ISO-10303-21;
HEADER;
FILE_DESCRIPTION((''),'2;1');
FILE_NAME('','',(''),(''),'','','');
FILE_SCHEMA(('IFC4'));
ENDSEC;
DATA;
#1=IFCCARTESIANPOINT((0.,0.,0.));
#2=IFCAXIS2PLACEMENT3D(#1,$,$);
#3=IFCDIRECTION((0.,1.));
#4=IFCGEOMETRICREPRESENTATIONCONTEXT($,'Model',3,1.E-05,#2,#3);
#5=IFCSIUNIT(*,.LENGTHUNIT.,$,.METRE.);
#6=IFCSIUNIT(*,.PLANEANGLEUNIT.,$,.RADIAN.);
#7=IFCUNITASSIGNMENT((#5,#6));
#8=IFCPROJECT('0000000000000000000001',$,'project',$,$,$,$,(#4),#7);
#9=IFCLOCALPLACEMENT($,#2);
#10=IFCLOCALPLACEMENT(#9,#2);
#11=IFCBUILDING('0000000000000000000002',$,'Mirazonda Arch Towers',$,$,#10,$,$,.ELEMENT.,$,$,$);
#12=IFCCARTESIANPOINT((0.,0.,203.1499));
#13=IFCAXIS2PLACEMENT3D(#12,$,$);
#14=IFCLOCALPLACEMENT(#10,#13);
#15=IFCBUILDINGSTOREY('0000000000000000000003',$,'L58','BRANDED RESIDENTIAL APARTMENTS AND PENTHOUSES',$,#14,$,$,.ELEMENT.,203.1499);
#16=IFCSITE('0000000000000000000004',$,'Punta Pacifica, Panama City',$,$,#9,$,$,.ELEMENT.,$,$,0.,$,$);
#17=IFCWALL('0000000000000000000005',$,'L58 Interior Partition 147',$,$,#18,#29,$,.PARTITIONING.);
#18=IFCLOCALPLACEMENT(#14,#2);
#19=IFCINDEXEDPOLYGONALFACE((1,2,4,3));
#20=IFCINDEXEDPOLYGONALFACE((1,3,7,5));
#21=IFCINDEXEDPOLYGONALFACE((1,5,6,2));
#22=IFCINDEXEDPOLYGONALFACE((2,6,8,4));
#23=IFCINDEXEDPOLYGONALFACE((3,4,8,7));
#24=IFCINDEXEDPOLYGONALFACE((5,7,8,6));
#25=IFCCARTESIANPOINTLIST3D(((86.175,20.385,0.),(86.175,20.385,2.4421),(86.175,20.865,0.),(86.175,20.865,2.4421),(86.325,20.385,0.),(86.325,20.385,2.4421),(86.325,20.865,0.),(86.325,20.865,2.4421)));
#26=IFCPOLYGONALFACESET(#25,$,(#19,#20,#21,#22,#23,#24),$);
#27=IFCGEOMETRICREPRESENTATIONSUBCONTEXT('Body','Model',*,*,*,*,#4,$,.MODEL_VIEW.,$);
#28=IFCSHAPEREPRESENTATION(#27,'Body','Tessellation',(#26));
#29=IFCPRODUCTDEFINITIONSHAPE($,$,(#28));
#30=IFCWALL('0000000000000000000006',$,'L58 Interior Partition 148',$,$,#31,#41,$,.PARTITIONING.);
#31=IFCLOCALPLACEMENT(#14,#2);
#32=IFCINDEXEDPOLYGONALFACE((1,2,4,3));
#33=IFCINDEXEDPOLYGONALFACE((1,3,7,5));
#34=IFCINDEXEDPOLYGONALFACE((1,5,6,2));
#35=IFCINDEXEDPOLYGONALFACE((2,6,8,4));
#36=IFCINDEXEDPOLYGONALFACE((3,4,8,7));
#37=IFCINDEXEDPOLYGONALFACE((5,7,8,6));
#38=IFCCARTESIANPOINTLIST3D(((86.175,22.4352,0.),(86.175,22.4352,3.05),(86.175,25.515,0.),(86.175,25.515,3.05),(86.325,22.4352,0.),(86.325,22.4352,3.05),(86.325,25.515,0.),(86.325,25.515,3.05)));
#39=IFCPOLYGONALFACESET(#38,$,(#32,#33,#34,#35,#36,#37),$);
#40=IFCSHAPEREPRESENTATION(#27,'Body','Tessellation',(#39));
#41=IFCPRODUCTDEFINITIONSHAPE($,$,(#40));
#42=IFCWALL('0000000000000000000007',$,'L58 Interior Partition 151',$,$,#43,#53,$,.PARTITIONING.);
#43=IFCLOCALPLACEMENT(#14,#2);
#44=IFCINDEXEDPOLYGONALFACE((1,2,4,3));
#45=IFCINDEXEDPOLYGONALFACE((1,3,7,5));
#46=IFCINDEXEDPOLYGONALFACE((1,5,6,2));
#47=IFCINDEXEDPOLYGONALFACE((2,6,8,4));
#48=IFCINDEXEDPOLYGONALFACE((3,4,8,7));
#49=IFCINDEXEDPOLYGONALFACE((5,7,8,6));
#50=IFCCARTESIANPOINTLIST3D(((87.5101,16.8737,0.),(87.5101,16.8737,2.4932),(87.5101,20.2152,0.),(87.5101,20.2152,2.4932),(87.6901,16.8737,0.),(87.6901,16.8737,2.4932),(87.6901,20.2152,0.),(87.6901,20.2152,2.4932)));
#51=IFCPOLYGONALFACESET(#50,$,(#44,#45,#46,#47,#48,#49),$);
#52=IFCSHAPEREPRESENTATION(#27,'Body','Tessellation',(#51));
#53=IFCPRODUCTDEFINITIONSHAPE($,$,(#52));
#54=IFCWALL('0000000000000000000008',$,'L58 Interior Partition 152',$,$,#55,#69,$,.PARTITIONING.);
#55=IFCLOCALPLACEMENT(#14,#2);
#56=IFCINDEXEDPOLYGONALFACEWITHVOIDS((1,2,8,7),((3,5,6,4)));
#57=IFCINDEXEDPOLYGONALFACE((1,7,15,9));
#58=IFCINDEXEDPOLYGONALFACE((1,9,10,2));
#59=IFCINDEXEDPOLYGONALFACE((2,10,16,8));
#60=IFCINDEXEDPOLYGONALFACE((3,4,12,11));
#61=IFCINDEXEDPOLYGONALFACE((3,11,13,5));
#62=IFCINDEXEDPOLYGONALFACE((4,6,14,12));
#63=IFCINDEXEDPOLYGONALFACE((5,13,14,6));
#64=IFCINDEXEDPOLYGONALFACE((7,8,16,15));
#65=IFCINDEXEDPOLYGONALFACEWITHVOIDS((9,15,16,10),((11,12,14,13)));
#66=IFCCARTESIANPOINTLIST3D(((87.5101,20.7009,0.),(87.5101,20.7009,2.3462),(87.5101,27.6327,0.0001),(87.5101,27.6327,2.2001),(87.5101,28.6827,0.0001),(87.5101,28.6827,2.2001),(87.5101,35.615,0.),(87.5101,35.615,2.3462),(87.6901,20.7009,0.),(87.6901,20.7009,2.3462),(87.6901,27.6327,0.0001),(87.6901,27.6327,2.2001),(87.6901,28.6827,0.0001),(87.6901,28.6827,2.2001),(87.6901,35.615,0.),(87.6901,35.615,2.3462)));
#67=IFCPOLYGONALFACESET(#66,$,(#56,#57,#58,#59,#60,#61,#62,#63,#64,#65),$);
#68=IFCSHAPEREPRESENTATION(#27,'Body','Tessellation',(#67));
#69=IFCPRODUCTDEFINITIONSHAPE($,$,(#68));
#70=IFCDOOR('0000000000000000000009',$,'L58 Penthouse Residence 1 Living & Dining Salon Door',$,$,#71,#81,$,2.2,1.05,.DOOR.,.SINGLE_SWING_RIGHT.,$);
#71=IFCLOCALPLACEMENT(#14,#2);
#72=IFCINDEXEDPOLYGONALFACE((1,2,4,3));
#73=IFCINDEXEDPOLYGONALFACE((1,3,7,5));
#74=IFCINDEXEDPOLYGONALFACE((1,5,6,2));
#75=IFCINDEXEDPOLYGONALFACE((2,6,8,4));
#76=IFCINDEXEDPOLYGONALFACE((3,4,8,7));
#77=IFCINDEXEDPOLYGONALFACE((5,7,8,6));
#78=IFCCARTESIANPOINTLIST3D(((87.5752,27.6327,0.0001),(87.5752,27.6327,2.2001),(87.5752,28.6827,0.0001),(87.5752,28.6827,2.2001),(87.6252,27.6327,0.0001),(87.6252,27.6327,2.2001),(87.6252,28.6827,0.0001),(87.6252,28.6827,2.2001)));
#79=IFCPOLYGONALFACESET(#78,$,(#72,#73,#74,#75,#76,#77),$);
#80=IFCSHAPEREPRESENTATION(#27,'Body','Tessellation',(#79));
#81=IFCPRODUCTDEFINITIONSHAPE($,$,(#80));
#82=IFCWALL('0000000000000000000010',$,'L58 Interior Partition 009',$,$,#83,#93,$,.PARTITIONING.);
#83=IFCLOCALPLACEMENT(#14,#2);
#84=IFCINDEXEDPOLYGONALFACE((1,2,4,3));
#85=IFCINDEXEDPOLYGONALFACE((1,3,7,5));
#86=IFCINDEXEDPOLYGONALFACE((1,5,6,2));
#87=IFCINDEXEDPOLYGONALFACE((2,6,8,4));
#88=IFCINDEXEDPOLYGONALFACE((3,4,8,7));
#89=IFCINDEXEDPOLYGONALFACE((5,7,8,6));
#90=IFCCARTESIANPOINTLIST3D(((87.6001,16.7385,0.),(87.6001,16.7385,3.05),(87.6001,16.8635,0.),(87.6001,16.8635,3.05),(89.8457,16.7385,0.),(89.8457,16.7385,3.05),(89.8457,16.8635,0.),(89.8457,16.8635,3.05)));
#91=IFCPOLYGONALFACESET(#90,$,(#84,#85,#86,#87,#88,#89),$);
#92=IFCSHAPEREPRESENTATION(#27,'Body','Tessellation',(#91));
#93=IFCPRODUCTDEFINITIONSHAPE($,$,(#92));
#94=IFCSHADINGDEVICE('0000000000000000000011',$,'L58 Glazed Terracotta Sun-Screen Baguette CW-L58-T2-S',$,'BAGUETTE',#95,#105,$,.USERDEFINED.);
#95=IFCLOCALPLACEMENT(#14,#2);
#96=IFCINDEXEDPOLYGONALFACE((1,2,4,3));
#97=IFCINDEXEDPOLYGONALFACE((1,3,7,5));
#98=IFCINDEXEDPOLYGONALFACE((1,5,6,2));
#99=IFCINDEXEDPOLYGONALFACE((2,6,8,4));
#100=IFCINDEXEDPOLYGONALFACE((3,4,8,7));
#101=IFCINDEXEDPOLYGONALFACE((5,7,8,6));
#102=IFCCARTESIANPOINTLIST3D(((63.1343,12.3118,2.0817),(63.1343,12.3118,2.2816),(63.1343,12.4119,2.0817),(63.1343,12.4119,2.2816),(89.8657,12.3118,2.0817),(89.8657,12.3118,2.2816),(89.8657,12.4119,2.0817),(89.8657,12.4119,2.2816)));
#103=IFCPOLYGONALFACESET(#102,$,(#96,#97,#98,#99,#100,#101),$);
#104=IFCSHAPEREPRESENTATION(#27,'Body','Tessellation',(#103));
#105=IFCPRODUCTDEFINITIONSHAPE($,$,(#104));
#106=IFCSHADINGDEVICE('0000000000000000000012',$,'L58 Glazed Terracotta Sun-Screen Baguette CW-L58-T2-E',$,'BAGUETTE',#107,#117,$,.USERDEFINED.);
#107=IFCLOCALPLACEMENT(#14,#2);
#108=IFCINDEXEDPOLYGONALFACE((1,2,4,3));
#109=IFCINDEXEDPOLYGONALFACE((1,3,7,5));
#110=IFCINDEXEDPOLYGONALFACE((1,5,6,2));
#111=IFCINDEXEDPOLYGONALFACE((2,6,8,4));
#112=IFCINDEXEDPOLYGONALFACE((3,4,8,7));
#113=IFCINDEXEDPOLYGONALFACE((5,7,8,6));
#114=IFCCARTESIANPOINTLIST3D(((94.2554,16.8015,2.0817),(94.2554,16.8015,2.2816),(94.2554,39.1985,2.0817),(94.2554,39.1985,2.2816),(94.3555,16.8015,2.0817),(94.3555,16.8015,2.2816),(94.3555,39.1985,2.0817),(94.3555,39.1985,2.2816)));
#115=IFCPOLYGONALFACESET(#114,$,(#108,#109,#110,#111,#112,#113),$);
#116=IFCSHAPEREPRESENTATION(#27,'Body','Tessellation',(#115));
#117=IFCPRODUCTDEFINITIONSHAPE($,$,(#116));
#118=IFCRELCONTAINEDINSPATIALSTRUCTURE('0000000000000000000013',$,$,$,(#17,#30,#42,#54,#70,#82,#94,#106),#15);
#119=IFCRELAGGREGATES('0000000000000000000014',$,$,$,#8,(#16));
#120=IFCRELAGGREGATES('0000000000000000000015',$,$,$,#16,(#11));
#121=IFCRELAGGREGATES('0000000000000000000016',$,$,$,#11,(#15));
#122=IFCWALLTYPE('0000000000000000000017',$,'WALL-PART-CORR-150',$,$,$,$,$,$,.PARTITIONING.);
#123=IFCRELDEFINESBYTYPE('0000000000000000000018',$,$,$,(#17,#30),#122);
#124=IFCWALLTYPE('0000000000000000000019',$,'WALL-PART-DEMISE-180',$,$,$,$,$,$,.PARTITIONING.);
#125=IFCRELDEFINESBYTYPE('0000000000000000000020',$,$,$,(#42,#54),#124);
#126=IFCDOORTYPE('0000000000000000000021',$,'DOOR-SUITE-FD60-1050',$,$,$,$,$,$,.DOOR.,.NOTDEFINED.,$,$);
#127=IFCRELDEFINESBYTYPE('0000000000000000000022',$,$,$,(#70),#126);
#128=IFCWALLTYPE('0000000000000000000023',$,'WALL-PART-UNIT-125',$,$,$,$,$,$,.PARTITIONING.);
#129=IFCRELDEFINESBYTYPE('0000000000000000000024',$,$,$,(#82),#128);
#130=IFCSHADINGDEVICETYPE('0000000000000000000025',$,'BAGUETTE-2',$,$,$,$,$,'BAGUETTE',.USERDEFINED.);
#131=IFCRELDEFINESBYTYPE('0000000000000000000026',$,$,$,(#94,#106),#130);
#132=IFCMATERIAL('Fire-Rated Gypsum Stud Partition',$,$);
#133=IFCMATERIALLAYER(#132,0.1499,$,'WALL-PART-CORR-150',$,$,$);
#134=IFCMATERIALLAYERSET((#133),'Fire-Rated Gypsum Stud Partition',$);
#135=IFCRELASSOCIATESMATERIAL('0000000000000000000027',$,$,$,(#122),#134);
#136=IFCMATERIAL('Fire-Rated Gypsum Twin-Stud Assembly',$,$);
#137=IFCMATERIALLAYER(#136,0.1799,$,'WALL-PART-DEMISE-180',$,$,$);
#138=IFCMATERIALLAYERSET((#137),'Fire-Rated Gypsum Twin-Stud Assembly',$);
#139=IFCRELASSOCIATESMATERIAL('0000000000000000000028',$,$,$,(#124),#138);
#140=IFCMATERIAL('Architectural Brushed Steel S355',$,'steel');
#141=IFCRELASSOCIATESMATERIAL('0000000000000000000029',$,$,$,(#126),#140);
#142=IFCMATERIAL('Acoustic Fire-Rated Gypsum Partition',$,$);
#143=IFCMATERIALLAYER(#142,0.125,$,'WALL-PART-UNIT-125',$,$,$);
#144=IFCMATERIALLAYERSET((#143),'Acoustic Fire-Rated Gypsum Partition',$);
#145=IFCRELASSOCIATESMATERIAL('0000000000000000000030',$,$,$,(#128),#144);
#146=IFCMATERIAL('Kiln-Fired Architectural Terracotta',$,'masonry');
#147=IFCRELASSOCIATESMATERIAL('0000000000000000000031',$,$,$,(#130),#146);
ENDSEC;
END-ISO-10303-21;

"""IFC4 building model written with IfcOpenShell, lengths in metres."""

from ifc_helpers import new_model, si_unit, direction, frame, frame_2d, origin, origin_2d, place, context, subcontext, project, spatial, rectangle, extrude, material, layer, layer_set, material_profile, profile_set, type_object, element, fill, save


model = new_model("IFC4")

# Units and contexts
model_context = context("Model", 3, precision=1e-05, world=origin(), true_north=direction((0.0, 1.0)))
body_context = subcontext(model_context, "Body", "Model", "MODEL_VIEW")
ifc_project = project(units=[si_unit("LENGTHUNIT", "METRE"), si_unit("PLANEANGLEUNIT", "RADIAN")], contexts=[model_context])

# Site, building, storey
site_placement = place(None, origin())
site = spatial("IfcSite", under=ifc_project, at=site_placement, Name="Punta Pacifica, Panama City", CompositionType="ELEMENT", RefElevation=0.0)
building_placement = place(site_placement, origin())
building = spatial("IfcBuilding", under=site, at=building_placement, Name="Mirazonda Arch Towers", CompositionType="ELEMENT")
storey_placement = place(building_placement, frame((0.0, 0.0, 203.1499)))
storey = spatial("IfcBuildingStorey", under=building, at=storey_placement, Name="L58", Description="BRANDED RESIDENTIAL APARTMENTS AND PENTHOUSES", CompositionType="ELEMENT", Elevation=203.1499)

# Walls
ifc_material_1 = material(Name="Fire-Rated Gypsum Stud Partition")
ifc_layer_1 = layer(ifc_material_1, 0.1499, Name="WALL-PART-CORR-150")
ifc_layer_set_1 = layer_set([ifc_layer_1], Name="Fire-Rated Gypsum Stud Partition")
wall_type_1 = type_object("IfcWallType", Name="WALL-PART-CORR-150", PredefinedType="PARTITIONING", material=ifc_layer_set_1)
wall_1_placement = place(storey_placement, frame((86.25, 20.385, 0.0), z_axis=(0.0, 0.0, 1.0), x_axis=(0.0, 1.0, 0.0)))
element("IfcWall", 1, at=wall_1_placement, inside=storey, type_object=wall_type_1, Name="L58 Interior Partition 147", PredefinedType="PARTITIONING", context=body_context, shape_type="SweptSolid", body=[
    extrude(rectangle(XDim=0.48, YDim=0.1499, at=frame_2d((0.24, 0.0))), origin(), (0.0, 0.0, 1.0), 2.4421),
])
wall_2_placement = place(storey_placement, frame((86.25, 22.4351, 0.0), z_axis=(0.0, 0.0, 1.0), x_axis=(0.0, 1.0, 0.0)))
element("IfcWall", 2, at=wall_2_placement, inside=storey, type_object=wall_type_1, Name="L58 Interior Partition 148", PredefinedType="PARTITIONING", context=body_context, shape_type="SweptSolid", body=[
    extrude(rectangle(XDim=3.0798, YDim=0.1499, at=frame_2d((1.54, 0.0))), origin(), (0.0, 0.0, 1.0), 3.05),
])

# Shared definitions
ifc_material_2 = material(Name="Fire-Rated Gypsum Twin-Stud Assembly")
ifc_layer_2 = layer(ifc_material_2, 0.1799, Name="WALL-PART-DEMISE-180")
ifc_layer_set_2 = layer_set([ifc_layer_2], Name="Fire-Rated Gypsum Twin-Stud Assembly")
wall_type_2 = type_object("IfcWallType", Name="WALL-PART-DEMISE-180", PredefinedType="PARTITIONING", material=ifc_layer_set_2)
ifc_material_3 = material(Name="Architectural Brushed Steel S355", Category="steel")

# Wall
wall_3_placement = place(storey_placement, frame((87.6001, 16.8735, 0.0), z_axis=(0.0, 0.0, 1.0), x_axis=(0.0, 1.0, 0.0)))
element("IfcWall", 3, at=wall_3_placement, inside=storey, type_object=wall_type_2, Name="L58 Interior Partition 151", PredefinedType="PARTITIONING", context=body_context, shape_type="SweptSolid", body=[
    extrude(rectangle(XDim=3.3416, YDim=0.1799, at=frame_2d((1.6709, 0.0))), origin(), (0.0, 0.0, 1.0), 2.4932),
])

# Wall, opening, door
wall_4_placement = place(storey_placement, frame((87.6001, 20.7009, 0.0), z_axis=(0.0, 0.0, 1.0), x_axis=(0.0, 1.0, 0.0)))
wall_4 = element("IfcWall", 4, at=wall_4_placement, inside=storey, type_object=wall_type_2, Name="L58 Interior Partition 152", PredefinedType="PARTITIONING", context=body_context, shape_type="SweptSolid", body=[
    extrude(rectangle(XDim=14.9141, YDim=0.1799, at=frame_2d((7.457, 0.0))), origin(), (0.0, 0.0, 1.0), 2.3462),
])
opening_1_placement = place(wall_4_placement, frame((6.9319, 0.0, 0.0)))
opening_1 = element("IfcOpeningElement", 5, at=opening_1_placement, cuts=wall_4, PredefinedType="OPENING", context=body_context, shape_type="SweptSolid", body=[
    extrude(rectangle(XDim=1.05, YDim=2.2, at=frame_2d((0.5249, 1.1001))), frame((0.0, 0.0999, 0.0), z_axis=(0.0, -1.0, 0.0), x_axis=(1.0, 0.0, 0.0)), (0.0, 0.0, 1.0), 0.2),
])
door_type_1 = type_object("IfcDoorType", Name="DOOR-SUITE-FD60-1050", OperationType="NOTDEFINED", PredefinedType="DOOR", material=ifc_material_3)
door_1_placement = place(opening_1_placement, origin())
door_1 = element("IfcDoor", 6, at=door_1_placement, inside=storey, type_object=door_type_1, Name="L58 Penthouse Residence 1 Living & Dining Salon Door", OperationType="SINGLE_SWING_RIGHT", OverallHeight=2.2, OverallWidth=1.05, PredefinedType="DOOR", context=body_context, shape_type="SweptSolid", body=[
    extrude(rectangle(XDim=1.05, YDim=2.2, at=frame_2d((0.5249, 1.1001))), frame((0.0, 0.0249, 0.0), z_axis=(0.0, -1.0, 0.0), x_axis=(1.0, 0.0, 0.0)), (0.0, 0.0, 1.0), 0.05),
])
fill(opening_1, door_1)

# Wall
ifc_material_4 = material(Name="Acoustic Fire-Rated Gypsum Partition")
ifc_layer_3 = layer(ifc_material_4, 0.125, Name="WALL-PART-UNIT-125")
ifc_layer_set_3 = layer_set([ifc_layer_3], Name="Acoustic Fire-Rated Gypsum Partition")
wall_type_3 = type_object("IfcWallType", Name="WALL-PART-UNIT-125", PredefinedType="PARTITIONING", material=ifc_layer_set_3)
wall_5_placement = place(storey_placement, frame((87.6001, 16.801, 0.0), z_axis=(0.0, 0.0, 1.0), x_axis=(1.0, 0.0, 0.0)))
element("IfcWall", 7, at=wall_5_placement, inside=storey, type_object=wall_type_3, Name="L58 Interior Partition 009", PredefinedType="PARTITIONING", context=body_context, shape_type="SweptSolid", body=[
    extrude(rectangle(XDim=2.2456, YDim=0.125, at=frame_2d((1.1228, 0.0))), origin(), (0.0, 0.0, 1.0), 3.05),
])

# Shading devices
ifc_material_5 = material(Name="Kiln-Fired Architectural Terracotta", Category="masonry")
ifc_material_profile_1 = material_profile(ifc_material_5, rectangle(XDim=0.1001, YDim=0.2, at=origin_2d()), Name="TERRA-BAG-100x200")
ifc_profile_set_1 = profile_set([ifc_material_profile_1], Name="Kiln-Fired Architectural Terracotta")
shading_device_type = type_object("IfcShadingDeviceType", Name="BAGUETTE-2", ElementType="BAGUETTE", PredefinedType="USERDEFINED", material=ifc_profile_set_1)
shading_device_1_placement = place(storey_placement, frame((89.8657, 12.3618, 2.1816), z_axis=(-1.0, 0.0, 0.0), x_axis=(0.0, -1.0, 0.0)))
element("IfcShadingDevice", 8, at=shading_device_1_placement, inside=storey, type_object=shading_device_type, Name="L58 Glazed Terracotta Sun-Screen Baguette CW-L58-T2-S", ObjectType="BAGUETTE", PredefinedType="USERDEFINED", context=body_context, shape_type="SweptSolid", body=[
    extrude(rectangle(XDim=0.1001, YDim=0.2, at=origin_2d()), origin(), (0.0, 0.0, 1.0), 26.7314),
])
shading_device_2_placement = place(storey_placement, frame((94.3054, 16.8015, 2.1816), z_axis=(0.0, 1.0, 0.0), x_axis=(-1.0, 0.0, 0.0)))
element("IfcShadingDevice", 9, at=shading_device_2_placement, inside=storey, type_object=shading_device_type, Name="L58 Glazed Terracotta Sun-Screen Baguette CW-L58-T2-E", ObjectType="BAGUETTE", PredefinedType="USERDEFINED", context=body_context, shape_type="SweptSolid", body=[
    extrude(rectangle(XDim=0.1001, YDim=0.2, at=origin_2d()), origin(), (0.0, 0.0, 1.0), 22.397),
])

save(model, "model.ifc")
